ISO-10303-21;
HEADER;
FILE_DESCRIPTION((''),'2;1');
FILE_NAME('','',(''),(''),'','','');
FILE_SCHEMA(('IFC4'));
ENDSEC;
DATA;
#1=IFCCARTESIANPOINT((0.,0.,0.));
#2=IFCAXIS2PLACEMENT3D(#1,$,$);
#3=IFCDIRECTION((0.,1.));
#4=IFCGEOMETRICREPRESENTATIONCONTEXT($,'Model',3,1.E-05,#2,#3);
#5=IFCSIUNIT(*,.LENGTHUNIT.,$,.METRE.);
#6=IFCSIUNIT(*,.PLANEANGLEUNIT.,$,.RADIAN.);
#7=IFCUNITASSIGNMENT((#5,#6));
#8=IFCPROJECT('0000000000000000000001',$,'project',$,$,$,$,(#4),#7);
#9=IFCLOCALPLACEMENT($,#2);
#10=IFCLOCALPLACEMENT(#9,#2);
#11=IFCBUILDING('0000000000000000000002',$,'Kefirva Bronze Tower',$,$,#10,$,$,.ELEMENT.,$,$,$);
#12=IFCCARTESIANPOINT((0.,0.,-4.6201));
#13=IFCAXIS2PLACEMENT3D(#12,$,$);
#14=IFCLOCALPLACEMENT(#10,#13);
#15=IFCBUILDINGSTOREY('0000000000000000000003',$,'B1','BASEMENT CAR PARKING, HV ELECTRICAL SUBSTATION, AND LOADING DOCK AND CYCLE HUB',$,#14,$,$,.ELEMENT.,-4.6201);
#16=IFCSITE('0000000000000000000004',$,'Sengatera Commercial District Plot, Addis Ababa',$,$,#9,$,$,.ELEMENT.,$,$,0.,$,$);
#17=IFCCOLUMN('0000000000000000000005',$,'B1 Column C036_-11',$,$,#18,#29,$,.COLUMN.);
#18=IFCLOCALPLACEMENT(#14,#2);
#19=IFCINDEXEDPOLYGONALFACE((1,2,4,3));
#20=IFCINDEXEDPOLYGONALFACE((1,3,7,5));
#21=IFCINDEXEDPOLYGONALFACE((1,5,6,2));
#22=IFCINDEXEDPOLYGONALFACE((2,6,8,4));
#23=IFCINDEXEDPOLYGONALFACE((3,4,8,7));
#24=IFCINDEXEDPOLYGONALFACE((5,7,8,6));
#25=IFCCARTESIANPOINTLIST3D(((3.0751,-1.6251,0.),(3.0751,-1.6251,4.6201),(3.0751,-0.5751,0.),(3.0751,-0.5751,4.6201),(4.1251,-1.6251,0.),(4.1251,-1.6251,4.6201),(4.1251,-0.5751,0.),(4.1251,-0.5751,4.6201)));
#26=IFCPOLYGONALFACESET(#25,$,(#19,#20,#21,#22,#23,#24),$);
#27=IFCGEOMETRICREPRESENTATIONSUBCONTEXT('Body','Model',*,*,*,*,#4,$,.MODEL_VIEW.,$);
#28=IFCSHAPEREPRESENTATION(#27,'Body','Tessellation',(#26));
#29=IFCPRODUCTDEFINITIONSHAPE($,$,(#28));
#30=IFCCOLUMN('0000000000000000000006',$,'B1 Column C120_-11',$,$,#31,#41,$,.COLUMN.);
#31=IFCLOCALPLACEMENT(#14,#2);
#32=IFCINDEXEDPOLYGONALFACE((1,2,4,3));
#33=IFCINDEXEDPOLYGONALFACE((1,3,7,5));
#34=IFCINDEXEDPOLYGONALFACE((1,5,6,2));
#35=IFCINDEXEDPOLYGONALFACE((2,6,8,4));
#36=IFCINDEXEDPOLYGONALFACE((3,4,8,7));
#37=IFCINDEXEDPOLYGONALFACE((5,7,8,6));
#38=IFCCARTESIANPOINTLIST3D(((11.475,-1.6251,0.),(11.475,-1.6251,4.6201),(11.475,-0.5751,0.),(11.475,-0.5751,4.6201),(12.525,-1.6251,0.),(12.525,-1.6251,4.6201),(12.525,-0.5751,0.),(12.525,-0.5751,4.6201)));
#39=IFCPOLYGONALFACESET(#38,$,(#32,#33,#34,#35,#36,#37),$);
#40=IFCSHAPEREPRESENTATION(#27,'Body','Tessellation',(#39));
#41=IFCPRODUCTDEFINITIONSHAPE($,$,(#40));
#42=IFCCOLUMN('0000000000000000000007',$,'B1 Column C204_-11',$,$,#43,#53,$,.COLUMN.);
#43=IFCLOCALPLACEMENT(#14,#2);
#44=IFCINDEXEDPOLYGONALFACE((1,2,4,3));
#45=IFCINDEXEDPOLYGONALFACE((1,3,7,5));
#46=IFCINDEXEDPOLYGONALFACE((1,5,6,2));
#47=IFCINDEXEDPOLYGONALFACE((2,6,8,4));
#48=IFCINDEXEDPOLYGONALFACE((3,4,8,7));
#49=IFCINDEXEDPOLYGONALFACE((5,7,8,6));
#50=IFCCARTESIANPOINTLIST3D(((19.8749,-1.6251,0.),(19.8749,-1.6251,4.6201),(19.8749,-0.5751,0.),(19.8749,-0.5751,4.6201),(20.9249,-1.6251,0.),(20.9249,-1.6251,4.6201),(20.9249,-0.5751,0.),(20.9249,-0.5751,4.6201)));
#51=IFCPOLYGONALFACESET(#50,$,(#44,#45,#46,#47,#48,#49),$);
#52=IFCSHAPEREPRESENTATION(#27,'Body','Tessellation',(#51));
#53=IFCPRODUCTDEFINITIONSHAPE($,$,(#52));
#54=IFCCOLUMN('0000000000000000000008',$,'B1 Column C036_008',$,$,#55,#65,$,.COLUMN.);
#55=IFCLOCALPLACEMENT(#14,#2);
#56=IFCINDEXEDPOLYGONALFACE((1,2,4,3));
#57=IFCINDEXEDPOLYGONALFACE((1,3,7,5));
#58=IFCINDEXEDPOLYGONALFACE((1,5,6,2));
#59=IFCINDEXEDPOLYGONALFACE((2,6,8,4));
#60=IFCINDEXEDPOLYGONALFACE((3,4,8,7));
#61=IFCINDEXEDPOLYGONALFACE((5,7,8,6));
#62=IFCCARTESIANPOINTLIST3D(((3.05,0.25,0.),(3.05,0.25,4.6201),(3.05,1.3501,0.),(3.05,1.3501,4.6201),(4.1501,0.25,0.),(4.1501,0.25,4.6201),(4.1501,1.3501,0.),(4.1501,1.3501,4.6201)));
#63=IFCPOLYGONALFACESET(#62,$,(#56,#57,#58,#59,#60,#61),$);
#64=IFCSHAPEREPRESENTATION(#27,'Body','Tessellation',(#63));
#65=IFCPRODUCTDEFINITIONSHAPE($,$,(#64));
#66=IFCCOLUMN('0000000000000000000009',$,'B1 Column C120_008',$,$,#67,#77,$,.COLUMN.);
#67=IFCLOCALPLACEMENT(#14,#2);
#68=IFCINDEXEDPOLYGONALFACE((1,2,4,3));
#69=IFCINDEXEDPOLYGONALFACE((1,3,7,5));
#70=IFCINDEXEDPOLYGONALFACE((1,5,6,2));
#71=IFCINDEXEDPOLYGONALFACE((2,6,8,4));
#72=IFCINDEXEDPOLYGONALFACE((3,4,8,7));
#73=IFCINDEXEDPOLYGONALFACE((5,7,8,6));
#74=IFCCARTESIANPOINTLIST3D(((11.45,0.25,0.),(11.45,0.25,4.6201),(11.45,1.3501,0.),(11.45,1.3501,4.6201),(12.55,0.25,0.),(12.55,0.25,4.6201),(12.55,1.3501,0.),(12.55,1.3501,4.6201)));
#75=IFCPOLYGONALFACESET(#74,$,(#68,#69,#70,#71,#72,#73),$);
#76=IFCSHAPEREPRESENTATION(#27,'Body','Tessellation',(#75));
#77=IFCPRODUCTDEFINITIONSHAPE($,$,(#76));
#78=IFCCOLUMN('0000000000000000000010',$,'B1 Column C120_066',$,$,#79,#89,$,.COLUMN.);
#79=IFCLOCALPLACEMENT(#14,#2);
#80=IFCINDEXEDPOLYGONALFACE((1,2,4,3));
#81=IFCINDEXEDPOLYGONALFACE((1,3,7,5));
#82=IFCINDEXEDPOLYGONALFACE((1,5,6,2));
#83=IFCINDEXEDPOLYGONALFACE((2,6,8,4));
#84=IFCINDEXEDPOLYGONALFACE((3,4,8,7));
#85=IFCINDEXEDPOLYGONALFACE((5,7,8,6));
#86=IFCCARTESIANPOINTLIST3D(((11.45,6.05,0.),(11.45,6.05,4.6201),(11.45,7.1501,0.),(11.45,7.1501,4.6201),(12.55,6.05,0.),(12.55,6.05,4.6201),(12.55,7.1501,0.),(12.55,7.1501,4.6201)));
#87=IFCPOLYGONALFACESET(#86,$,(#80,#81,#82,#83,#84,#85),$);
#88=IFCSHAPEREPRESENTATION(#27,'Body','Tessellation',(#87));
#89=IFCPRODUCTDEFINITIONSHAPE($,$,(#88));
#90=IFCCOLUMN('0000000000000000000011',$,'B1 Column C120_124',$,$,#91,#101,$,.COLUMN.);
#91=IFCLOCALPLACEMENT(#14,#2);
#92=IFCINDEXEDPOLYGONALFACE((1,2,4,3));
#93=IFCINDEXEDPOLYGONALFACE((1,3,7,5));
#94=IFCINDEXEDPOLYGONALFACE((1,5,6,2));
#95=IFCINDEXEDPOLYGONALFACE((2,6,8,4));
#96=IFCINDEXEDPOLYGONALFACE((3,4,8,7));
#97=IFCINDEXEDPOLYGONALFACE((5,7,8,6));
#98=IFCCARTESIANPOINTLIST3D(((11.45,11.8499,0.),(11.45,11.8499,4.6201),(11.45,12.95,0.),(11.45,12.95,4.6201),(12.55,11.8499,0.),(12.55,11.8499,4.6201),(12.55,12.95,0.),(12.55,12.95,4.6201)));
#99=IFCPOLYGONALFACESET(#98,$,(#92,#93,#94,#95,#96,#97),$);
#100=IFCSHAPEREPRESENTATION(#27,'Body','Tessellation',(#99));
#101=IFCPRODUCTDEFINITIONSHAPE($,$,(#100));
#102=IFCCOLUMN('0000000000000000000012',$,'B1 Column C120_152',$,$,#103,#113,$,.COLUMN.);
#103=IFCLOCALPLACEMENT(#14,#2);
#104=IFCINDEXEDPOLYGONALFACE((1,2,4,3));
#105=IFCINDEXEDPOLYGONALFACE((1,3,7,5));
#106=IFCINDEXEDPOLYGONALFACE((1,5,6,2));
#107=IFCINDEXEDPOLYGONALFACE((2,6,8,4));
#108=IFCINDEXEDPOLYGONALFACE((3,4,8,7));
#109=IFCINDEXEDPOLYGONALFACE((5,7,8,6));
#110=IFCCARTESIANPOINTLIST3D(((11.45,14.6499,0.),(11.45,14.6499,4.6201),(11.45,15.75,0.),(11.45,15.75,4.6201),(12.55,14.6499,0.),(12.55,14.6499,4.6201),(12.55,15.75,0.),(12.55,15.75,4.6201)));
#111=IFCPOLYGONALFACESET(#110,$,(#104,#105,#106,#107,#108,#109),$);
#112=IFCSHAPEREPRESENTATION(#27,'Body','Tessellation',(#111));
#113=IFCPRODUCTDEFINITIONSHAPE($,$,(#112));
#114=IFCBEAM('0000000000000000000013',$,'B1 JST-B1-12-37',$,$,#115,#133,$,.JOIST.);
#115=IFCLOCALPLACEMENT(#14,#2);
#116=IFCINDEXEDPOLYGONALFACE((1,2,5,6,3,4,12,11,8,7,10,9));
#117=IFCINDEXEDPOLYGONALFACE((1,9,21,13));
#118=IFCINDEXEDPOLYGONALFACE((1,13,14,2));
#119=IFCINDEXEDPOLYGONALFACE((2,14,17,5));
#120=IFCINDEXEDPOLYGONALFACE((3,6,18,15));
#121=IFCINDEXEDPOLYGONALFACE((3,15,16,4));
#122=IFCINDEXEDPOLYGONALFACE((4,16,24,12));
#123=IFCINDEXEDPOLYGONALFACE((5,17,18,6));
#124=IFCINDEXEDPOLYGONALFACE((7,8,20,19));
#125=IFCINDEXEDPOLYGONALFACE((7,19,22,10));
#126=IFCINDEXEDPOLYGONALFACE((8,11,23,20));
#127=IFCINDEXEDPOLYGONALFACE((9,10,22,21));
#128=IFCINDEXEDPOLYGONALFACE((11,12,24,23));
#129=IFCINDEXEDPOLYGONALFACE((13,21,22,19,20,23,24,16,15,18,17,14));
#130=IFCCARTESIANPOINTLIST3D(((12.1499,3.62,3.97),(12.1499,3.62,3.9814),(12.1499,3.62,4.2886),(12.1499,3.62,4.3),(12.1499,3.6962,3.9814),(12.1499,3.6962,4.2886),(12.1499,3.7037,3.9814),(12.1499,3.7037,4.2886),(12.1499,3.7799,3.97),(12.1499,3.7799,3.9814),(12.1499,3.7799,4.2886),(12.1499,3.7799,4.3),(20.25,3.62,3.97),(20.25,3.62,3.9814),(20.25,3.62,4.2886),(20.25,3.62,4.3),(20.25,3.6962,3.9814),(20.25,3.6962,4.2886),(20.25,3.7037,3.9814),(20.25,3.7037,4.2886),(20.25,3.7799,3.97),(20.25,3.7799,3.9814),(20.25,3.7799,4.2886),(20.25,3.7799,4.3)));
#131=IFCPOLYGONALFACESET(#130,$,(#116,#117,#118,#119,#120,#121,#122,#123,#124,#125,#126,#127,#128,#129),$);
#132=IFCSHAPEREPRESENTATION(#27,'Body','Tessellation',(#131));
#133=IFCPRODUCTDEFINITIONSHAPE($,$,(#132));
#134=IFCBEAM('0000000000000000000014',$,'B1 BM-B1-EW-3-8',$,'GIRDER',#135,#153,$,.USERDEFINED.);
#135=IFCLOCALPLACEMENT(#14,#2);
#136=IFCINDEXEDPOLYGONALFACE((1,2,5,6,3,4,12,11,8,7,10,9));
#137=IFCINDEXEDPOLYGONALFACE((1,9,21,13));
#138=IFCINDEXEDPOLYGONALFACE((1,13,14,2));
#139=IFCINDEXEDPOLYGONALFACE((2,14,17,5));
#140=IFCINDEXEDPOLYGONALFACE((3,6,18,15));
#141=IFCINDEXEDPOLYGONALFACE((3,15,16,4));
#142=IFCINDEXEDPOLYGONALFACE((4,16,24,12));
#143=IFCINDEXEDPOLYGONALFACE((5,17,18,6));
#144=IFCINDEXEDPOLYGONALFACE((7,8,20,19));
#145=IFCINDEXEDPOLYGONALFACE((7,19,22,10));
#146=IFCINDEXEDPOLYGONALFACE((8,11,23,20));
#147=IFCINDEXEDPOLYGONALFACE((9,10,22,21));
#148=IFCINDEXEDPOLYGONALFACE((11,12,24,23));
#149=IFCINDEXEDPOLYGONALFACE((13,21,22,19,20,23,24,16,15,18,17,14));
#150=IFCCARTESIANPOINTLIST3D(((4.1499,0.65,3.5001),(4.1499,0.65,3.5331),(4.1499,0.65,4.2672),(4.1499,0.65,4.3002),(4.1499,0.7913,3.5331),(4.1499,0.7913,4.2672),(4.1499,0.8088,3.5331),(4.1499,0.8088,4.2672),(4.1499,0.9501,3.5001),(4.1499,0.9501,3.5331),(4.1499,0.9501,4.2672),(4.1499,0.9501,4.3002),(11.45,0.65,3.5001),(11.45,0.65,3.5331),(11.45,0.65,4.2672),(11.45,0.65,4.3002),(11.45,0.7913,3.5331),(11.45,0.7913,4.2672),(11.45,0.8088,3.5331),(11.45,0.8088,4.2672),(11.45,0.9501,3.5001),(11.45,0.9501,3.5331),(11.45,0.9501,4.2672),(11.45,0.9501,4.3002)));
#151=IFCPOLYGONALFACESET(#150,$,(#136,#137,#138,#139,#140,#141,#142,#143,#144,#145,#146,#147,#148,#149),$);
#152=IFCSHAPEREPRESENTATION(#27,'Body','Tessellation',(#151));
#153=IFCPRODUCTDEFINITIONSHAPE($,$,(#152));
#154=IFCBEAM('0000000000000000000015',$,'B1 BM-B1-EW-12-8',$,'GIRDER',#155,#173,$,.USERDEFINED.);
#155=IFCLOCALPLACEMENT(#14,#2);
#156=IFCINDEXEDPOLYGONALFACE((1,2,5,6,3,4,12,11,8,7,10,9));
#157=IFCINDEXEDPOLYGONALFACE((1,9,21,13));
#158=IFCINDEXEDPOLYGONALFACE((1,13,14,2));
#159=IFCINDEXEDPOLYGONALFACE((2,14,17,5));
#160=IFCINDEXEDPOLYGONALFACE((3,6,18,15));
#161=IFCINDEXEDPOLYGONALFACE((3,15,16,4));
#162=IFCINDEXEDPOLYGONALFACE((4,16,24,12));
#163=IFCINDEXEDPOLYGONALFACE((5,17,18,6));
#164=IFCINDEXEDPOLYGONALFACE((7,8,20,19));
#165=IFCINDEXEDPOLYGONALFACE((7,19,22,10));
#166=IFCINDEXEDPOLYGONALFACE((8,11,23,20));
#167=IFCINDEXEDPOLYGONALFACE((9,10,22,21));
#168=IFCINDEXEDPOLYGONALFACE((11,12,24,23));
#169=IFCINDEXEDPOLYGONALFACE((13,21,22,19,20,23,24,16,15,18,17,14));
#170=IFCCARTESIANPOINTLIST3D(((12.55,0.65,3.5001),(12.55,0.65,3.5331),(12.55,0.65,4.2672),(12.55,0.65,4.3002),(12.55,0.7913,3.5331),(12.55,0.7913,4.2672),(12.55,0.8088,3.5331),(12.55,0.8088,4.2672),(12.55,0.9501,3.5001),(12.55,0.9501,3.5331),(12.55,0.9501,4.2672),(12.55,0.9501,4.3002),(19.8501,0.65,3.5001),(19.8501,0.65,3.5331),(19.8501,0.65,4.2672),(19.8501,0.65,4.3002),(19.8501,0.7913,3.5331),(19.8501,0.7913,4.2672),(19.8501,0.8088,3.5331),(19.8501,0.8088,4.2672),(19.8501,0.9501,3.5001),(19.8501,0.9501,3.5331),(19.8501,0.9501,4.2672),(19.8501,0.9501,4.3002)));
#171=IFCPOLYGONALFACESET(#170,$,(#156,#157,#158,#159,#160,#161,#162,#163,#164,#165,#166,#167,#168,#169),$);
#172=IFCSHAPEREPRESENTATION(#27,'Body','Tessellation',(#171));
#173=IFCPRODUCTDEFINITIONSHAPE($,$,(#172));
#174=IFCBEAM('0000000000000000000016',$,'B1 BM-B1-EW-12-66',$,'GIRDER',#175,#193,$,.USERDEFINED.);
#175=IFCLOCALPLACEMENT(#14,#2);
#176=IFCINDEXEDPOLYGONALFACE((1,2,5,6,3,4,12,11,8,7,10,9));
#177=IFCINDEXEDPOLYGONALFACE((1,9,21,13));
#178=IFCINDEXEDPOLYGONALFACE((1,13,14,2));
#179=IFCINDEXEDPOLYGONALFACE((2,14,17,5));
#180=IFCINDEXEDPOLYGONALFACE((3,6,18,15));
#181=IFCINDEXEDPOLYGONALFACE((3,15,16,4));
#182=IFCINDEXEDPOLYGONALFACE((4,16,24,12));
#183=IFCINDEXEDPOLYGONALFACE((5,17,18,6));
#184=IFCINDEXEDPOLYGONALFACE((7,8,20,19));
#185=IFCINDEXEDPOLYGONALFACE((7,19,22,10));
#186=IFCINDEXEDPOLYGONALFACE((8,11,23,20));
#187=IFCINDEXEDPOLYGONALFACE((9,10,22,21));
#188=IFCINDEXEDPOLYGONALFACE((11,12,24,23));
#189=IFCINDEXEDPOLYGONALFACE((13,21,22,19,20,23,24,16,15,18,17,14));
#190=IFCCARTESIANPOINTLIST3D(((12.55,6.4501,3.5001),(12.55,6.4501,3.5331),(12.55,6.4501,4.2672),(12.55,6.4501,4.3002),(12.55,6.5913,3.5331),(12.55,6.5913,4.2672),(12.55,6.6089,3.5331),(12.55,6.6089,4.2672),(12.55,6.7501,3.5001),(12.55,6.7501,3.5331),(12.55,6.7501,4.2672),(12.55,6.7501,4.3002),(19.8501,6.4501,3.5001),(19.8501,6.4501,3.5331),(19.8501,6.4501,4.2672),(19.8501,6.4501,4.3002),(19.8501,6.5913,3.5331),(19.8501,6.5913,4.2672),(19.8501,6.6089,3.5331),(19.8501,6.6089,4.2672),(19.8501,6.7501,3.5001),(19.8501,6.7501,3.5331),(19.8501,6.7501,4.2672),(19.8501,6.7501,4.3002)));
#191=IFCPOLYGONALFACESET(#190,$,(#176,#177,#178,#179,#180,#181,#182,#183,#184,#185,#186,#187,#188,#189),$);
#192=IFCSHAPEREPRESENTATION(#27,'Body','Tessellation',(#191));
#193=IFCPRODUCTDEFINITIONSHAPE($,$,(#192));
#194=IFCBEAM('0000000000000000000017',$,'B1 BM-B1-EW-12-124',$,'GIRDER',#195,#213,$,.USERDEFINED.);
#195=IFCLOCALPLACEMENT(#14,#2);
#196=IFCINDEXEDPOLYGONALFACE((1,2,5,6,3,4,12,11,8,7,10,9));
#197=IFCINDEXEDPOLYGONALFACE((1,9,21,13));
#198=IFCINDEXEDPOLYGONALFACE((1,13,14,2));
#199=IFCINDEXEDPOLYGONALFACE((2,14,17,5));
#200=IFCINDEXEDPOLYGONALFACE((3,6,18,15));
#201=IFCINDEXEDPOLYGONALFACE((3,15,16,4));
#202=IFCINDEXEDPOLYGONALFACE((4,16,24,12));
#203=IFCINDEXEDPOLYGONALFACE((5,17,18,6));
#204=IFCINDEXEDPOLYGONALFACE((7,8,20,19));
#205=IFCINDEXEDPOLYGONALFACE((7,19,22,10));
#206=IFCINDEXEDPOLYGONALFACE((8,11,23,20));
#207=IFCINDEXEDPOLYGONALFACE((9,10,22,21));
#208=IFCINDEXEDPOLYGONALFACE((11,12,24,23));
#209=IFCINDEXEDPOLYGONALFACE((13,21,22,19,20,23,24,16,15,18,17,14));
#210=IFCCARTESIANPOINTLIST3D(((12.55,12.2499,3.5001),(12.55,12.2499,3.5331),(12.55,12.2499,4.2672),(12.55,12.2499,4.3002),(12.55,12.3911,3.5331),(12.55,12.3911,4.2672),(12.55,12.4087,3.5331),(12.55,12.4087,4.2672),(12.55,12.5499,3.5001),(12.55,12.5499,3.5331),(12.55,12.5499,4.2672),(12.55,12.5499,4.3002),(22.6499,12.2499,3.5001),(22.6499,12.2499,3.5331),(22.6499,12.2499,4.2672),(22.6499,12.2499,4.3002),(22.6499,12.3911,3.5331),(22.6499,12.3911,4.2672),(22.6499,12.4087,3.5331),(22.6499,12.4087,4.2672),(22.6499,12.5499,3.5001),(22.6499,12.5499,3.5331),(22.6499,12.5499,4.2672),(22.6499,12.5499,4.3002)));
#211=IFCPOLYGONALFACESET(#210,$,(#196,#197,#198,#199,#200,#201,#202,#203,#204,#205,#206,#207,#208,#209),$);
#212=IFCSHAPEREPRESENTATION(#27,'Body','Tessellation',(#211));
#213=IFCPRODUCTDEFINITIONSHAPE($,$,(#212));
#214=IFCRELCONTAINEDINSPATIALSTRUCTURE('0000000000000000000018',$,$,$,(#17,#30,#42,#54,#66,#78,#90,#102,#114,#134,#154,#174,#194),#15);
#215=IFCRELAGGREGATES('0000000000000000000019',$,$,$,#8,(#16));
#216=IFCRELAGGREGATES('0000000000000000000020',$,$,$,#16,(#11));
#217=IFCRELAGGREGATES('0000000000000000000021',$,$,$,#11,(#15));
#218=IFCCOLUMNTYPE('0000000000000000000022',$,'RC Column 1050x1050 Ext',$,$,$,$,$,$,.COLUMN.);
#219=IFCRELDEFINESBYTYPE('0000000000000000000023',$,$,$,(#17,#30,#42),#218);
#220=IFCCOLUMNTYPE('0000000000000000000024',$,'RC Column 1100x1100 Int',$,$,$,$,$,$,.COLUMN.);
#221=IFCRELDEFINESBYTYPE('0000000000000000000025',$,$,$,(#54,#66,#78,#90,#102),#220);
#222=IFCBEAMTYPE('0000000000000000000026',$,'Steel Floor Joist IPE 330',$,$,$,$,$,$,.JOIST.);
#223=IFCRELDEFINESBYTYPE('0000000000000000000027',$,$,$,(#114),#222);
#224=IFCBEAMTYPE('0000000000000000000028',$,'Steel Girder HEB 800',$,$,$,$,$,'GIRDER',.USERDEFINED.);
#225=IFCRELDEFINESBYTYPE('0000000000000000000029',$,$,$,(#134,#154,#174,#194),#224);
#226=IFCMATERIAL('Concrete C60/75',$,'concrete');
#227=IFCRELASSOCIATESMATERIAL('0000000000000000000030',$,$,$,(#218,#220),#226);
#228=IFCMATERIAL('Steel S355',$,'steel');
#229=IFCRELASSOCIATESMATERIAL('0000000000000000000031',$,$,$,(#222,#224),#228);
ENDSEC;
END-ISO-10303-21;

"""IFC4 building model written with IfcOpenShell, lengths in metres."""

from ifc_helpers import new_model, si_unit, direction, frame, origin, origin_2d, place, context, subcontext, project, spatial, rectangle, i_section, extrude, material, material_profile, profile_set, type_object, element, save


model = new_model("IFC4")

# Units and contexts
model_context = context("Model", 3, precision=1e-05, world=origin(), true_north=direction((0.0, 1.0)))
body_context = subcontext(model_context, "Body", "Model", "MODEL_VIEW")
ifc_project = project(units=[si_unit("LENGTHUNIT", "METRE"), si_unit("PLANEANGLEUNIT", "RADIAN")], contexts=[model_context])

# Site, building, storey
site_placement = place(None, origin())
site = spatial("IfcSite", under=ifc_project, at=site_placement, Name="Sengatera Commercial District Plot, Addis Ababa", CompositionType="ELEMENT", RefElevation=0.0)
building_placement = place(site_placement, origin())
building = spatial("IfcBuilding", under=site, at=building_placement, Name="Kefirva Bronze Tower", CompositionType="ELEMENT")
storey_placement = place(building_placement, frame((0.0, 0.0, -4.6201)))
storey = spatial("IfcBuildingStorey", under=building, at=storey_placement, Name="B1", Description="BASEMENT CAR PARKING, HV ELECTRICAL SUBSTATION, AND LOADING DOCK AND CYCLE HUB", CompositionType="ELEMENT", Elevation=-4.6201)

# Columns
ifc_material_1 = material(Name="Concrete C60/75", Category="concrete")
ifc_material_profile_1 = material_profile(ifc_material_1, rectangle(XDim=1.05, YDim=1.05, at=origin_2d()), Name="RC 1050x1050")
ifc_profile_set_1 = profile_set([ifc_material_profile_1], Name="Concrete C60/75")
column_type_1 = type_object("IfcColumnType", Name="RC Column 1050x1050 Ext", PredefinedType="COLUMN", material=ifc_profile_set_1)
for number, where, z_axis, x_axis, name in (
    (1, (3.6001, -1.1001, 0.0), (0.0, 0.0, 1.0), (1.0, 0.0, 0.0), "B1 Column C036_-11"),
    (2, (12.0, -1.1001, 0.0), (0.0, 0.0, 1.0), (1.0, 0.0, 0.0), "B1 Column C120_-11"),
    (3, (20.3999, -1.1001, 0.0), (0.0, 0.0, 1.0), (1.0, 0.0, 0.0), "B1 Column C204_-11"),
):
    element("IfcColumn", number, at=place(storey_placement, frame(where, z_axis=z_axis, x_axis=x_axis)), inside=storey, type_object=column_type_1, Name=name, PredefinedType="COLUMN", context=body_context, shape_type="SweptSolid", body=[
        extrude(rectangle(XDim=1.05, YDim=1.05, at=origin_2d()), origin(), (0.0, 0.0, 1.0), 4.6201),
    ])
ifc_material_profile_2 = material_profile(ifc_material_1, rectangle(XDim=1.1001, YDim=1.1001, at=origin_2d()), Name="RC 1100x1100")
ifc_profile_set_2 = profile_set([ifc_material_profile_2], Name="Concrete C60/75")
column_type_2 = type_object("IfcColumnType", Name="RC Column 1100x1100 Int", PredefinedType="COLUMN", material=ifc_profile_set_2)
for number, where, z_axis, x_axis, name in (
    (4, (3.6001, 0.8, 0.0), (0.0, 0.0, 1.0), (1.0, 0.0, 0.0), "B1 Column C036_008"),
    (5, (12.0, 0.8, 0.0), (0.0, 0.0, 1.0), (1.0, 0.0, 0.0), "B1 Column C120_008"),
    (6, (12.0, 6.6001, 0.0), (0.0, 0.0, 1.0), (1.0, 0.0, 0.0), "B1 Column C120_066"),
    (7, (12.0, 12.3999, 0.0), (0.0, 0.0, 1.0), (1.0, 0.0, 0.0), "B1 Column C120_124"),
    (8, (12.0, 15.2, 0.0), (0.0, 0.0, 1.0), (1.0, 0.0, 0.0), "B1 Column C120_152"),
):
    element("IfcColumn", number, at=place(storey_placement, frame(where, z_axis=z_axis, x_axis=x_axis)), inside=storey, type_object=column_type_2, Name=name, PredefinedType="COLUMN", context=body_context, shape_type="SweptSolid", body=[
        extrude(rectangle(XDim=1.1001, YDim=1.1001, at=origin_2d()), origin(), (0.0, 0.0, 1.0), 4.6201),
    ])

# Beams
ifc_material_2 = material(Name="Steel S355", Category="steel")
ifc_material_profile_3 = material_profile(ifc_material_2, i_section(OverallWidth=0.1599, OverallDepth=0.3301, WebThickness=0.0076, FlangeThickness=0.0115, at=origin_2d()), Name="IPE 330")
ifc_profile_set_3 = profile_set([ifc_material_profile_3], Name="Steel S355")
beam_type_1 = type_object("IfcBeamType", Name="Steel Floor Joist IPE 330", PredefinedType="JOIST", material=ifc_profile_set_3)
beam_1_placement = place(storey_placement, frame((12.1499, 3.7, 4.135), z_axis=(1.0, 0.0, 0.0), x_axis=(0.0, 1.0, 0.0)))
element("IfcBeam", 9, at=beam_1_placement, inside=storey, type_object=beam_type_1, Name="B1 JST-B1-12-37", PredefinedType="JOIST", context=body_context, shape_type="SweptSolid", body=[
    extrude(i_section(OverallWidth=0.1599, OverallDepth=0.3301, WebThickness=0.0076, FlangeThickness=0.0115, at=origin_2d()), origin(), (0.0, 0.0, 1.0), 8.1001),
])
ifc_material_profile_4 = material_profile(ifc_material_2, i_section(OverallWidth=0.3, OverallDepth=0.8, WebThickness=0.0176, FlangeThickness=0.033, at=origin_2d()), Name="HEB 800")
ifc_profile_set_4 = profile_set([ifc_material_profile_4], Name="Steel S355")
beam_type_2 = type_object("IfcBeamType", Name="Steel Girder HEB 800", ElementType="GIRDER", PredefinedType="USERDEFINED", material=ifc_profile_set_4)
for number, where, z_axis, x_axis, name in (
    (10, (4.1499, 0.8, 3.9001), (1.0, 0.0, 0.0), (0.0, 1.0, 0.0), "B1 BM-B1-EW-3-8"),
    (11, (12.55, 0.8, 3.9001), (1.0, 0.0, 0.0), (0.0, 1.0, 0.0), "B1 BM-B1-EW-12-8"),
    (12, (12.55, 6.6001, 3.9001), (1.0, 0.0, 0.0), (0.0, 1.0, 0.0), "B1 BM-B1-EW-12-66"),
):
    element("IfcBeam", number, at=place(storey_placement, frame(where, z_axis=z_axis, x_axis=x_axis)), inside=storey, type_object=beam_type_2, Name=name, ObjectType="GIRDER", PredefinedType="USERDEFINED", context=body_context, shape_type="SweptSolid", body=[
        extrude(i_section(OverallWidth=0.3, OverallDepth=0.8, WebThickness=0.0176, FlangeThickness=0.033, at=origin_2d()), origin(), (0.0, 0.0, 1.0), 7.3),
    ])
for number, where, z_axis, x_axis, name in (
    (13, (12.55, 12.3999, 3.9001), (1.0, 0.0, 0.0), (0.0, 1.0, 0.0), "B1 BM-B1-EW-12-124"),
):
    element("IfcBeam", number, at=place(storey_placement, frame(where, z_axis=z_axis, x_axis=x_axis)), inside=storey, type_object=beam_type_2, Name=name, ObjectType="GIRDER", PredefinedType="USERDEFINED", context=body_context, shape_type="SweptSolid", body=[
        extrude(i_section(OverallWidth=0.3, OverallDepth=0.8, WebThickness=0.0176, FlangeThickness=0.033, at=origin_2d()), origin(), (0.0, 0.0, 1.0), 10.0999),
    ])

save(model, "model.ifc")
